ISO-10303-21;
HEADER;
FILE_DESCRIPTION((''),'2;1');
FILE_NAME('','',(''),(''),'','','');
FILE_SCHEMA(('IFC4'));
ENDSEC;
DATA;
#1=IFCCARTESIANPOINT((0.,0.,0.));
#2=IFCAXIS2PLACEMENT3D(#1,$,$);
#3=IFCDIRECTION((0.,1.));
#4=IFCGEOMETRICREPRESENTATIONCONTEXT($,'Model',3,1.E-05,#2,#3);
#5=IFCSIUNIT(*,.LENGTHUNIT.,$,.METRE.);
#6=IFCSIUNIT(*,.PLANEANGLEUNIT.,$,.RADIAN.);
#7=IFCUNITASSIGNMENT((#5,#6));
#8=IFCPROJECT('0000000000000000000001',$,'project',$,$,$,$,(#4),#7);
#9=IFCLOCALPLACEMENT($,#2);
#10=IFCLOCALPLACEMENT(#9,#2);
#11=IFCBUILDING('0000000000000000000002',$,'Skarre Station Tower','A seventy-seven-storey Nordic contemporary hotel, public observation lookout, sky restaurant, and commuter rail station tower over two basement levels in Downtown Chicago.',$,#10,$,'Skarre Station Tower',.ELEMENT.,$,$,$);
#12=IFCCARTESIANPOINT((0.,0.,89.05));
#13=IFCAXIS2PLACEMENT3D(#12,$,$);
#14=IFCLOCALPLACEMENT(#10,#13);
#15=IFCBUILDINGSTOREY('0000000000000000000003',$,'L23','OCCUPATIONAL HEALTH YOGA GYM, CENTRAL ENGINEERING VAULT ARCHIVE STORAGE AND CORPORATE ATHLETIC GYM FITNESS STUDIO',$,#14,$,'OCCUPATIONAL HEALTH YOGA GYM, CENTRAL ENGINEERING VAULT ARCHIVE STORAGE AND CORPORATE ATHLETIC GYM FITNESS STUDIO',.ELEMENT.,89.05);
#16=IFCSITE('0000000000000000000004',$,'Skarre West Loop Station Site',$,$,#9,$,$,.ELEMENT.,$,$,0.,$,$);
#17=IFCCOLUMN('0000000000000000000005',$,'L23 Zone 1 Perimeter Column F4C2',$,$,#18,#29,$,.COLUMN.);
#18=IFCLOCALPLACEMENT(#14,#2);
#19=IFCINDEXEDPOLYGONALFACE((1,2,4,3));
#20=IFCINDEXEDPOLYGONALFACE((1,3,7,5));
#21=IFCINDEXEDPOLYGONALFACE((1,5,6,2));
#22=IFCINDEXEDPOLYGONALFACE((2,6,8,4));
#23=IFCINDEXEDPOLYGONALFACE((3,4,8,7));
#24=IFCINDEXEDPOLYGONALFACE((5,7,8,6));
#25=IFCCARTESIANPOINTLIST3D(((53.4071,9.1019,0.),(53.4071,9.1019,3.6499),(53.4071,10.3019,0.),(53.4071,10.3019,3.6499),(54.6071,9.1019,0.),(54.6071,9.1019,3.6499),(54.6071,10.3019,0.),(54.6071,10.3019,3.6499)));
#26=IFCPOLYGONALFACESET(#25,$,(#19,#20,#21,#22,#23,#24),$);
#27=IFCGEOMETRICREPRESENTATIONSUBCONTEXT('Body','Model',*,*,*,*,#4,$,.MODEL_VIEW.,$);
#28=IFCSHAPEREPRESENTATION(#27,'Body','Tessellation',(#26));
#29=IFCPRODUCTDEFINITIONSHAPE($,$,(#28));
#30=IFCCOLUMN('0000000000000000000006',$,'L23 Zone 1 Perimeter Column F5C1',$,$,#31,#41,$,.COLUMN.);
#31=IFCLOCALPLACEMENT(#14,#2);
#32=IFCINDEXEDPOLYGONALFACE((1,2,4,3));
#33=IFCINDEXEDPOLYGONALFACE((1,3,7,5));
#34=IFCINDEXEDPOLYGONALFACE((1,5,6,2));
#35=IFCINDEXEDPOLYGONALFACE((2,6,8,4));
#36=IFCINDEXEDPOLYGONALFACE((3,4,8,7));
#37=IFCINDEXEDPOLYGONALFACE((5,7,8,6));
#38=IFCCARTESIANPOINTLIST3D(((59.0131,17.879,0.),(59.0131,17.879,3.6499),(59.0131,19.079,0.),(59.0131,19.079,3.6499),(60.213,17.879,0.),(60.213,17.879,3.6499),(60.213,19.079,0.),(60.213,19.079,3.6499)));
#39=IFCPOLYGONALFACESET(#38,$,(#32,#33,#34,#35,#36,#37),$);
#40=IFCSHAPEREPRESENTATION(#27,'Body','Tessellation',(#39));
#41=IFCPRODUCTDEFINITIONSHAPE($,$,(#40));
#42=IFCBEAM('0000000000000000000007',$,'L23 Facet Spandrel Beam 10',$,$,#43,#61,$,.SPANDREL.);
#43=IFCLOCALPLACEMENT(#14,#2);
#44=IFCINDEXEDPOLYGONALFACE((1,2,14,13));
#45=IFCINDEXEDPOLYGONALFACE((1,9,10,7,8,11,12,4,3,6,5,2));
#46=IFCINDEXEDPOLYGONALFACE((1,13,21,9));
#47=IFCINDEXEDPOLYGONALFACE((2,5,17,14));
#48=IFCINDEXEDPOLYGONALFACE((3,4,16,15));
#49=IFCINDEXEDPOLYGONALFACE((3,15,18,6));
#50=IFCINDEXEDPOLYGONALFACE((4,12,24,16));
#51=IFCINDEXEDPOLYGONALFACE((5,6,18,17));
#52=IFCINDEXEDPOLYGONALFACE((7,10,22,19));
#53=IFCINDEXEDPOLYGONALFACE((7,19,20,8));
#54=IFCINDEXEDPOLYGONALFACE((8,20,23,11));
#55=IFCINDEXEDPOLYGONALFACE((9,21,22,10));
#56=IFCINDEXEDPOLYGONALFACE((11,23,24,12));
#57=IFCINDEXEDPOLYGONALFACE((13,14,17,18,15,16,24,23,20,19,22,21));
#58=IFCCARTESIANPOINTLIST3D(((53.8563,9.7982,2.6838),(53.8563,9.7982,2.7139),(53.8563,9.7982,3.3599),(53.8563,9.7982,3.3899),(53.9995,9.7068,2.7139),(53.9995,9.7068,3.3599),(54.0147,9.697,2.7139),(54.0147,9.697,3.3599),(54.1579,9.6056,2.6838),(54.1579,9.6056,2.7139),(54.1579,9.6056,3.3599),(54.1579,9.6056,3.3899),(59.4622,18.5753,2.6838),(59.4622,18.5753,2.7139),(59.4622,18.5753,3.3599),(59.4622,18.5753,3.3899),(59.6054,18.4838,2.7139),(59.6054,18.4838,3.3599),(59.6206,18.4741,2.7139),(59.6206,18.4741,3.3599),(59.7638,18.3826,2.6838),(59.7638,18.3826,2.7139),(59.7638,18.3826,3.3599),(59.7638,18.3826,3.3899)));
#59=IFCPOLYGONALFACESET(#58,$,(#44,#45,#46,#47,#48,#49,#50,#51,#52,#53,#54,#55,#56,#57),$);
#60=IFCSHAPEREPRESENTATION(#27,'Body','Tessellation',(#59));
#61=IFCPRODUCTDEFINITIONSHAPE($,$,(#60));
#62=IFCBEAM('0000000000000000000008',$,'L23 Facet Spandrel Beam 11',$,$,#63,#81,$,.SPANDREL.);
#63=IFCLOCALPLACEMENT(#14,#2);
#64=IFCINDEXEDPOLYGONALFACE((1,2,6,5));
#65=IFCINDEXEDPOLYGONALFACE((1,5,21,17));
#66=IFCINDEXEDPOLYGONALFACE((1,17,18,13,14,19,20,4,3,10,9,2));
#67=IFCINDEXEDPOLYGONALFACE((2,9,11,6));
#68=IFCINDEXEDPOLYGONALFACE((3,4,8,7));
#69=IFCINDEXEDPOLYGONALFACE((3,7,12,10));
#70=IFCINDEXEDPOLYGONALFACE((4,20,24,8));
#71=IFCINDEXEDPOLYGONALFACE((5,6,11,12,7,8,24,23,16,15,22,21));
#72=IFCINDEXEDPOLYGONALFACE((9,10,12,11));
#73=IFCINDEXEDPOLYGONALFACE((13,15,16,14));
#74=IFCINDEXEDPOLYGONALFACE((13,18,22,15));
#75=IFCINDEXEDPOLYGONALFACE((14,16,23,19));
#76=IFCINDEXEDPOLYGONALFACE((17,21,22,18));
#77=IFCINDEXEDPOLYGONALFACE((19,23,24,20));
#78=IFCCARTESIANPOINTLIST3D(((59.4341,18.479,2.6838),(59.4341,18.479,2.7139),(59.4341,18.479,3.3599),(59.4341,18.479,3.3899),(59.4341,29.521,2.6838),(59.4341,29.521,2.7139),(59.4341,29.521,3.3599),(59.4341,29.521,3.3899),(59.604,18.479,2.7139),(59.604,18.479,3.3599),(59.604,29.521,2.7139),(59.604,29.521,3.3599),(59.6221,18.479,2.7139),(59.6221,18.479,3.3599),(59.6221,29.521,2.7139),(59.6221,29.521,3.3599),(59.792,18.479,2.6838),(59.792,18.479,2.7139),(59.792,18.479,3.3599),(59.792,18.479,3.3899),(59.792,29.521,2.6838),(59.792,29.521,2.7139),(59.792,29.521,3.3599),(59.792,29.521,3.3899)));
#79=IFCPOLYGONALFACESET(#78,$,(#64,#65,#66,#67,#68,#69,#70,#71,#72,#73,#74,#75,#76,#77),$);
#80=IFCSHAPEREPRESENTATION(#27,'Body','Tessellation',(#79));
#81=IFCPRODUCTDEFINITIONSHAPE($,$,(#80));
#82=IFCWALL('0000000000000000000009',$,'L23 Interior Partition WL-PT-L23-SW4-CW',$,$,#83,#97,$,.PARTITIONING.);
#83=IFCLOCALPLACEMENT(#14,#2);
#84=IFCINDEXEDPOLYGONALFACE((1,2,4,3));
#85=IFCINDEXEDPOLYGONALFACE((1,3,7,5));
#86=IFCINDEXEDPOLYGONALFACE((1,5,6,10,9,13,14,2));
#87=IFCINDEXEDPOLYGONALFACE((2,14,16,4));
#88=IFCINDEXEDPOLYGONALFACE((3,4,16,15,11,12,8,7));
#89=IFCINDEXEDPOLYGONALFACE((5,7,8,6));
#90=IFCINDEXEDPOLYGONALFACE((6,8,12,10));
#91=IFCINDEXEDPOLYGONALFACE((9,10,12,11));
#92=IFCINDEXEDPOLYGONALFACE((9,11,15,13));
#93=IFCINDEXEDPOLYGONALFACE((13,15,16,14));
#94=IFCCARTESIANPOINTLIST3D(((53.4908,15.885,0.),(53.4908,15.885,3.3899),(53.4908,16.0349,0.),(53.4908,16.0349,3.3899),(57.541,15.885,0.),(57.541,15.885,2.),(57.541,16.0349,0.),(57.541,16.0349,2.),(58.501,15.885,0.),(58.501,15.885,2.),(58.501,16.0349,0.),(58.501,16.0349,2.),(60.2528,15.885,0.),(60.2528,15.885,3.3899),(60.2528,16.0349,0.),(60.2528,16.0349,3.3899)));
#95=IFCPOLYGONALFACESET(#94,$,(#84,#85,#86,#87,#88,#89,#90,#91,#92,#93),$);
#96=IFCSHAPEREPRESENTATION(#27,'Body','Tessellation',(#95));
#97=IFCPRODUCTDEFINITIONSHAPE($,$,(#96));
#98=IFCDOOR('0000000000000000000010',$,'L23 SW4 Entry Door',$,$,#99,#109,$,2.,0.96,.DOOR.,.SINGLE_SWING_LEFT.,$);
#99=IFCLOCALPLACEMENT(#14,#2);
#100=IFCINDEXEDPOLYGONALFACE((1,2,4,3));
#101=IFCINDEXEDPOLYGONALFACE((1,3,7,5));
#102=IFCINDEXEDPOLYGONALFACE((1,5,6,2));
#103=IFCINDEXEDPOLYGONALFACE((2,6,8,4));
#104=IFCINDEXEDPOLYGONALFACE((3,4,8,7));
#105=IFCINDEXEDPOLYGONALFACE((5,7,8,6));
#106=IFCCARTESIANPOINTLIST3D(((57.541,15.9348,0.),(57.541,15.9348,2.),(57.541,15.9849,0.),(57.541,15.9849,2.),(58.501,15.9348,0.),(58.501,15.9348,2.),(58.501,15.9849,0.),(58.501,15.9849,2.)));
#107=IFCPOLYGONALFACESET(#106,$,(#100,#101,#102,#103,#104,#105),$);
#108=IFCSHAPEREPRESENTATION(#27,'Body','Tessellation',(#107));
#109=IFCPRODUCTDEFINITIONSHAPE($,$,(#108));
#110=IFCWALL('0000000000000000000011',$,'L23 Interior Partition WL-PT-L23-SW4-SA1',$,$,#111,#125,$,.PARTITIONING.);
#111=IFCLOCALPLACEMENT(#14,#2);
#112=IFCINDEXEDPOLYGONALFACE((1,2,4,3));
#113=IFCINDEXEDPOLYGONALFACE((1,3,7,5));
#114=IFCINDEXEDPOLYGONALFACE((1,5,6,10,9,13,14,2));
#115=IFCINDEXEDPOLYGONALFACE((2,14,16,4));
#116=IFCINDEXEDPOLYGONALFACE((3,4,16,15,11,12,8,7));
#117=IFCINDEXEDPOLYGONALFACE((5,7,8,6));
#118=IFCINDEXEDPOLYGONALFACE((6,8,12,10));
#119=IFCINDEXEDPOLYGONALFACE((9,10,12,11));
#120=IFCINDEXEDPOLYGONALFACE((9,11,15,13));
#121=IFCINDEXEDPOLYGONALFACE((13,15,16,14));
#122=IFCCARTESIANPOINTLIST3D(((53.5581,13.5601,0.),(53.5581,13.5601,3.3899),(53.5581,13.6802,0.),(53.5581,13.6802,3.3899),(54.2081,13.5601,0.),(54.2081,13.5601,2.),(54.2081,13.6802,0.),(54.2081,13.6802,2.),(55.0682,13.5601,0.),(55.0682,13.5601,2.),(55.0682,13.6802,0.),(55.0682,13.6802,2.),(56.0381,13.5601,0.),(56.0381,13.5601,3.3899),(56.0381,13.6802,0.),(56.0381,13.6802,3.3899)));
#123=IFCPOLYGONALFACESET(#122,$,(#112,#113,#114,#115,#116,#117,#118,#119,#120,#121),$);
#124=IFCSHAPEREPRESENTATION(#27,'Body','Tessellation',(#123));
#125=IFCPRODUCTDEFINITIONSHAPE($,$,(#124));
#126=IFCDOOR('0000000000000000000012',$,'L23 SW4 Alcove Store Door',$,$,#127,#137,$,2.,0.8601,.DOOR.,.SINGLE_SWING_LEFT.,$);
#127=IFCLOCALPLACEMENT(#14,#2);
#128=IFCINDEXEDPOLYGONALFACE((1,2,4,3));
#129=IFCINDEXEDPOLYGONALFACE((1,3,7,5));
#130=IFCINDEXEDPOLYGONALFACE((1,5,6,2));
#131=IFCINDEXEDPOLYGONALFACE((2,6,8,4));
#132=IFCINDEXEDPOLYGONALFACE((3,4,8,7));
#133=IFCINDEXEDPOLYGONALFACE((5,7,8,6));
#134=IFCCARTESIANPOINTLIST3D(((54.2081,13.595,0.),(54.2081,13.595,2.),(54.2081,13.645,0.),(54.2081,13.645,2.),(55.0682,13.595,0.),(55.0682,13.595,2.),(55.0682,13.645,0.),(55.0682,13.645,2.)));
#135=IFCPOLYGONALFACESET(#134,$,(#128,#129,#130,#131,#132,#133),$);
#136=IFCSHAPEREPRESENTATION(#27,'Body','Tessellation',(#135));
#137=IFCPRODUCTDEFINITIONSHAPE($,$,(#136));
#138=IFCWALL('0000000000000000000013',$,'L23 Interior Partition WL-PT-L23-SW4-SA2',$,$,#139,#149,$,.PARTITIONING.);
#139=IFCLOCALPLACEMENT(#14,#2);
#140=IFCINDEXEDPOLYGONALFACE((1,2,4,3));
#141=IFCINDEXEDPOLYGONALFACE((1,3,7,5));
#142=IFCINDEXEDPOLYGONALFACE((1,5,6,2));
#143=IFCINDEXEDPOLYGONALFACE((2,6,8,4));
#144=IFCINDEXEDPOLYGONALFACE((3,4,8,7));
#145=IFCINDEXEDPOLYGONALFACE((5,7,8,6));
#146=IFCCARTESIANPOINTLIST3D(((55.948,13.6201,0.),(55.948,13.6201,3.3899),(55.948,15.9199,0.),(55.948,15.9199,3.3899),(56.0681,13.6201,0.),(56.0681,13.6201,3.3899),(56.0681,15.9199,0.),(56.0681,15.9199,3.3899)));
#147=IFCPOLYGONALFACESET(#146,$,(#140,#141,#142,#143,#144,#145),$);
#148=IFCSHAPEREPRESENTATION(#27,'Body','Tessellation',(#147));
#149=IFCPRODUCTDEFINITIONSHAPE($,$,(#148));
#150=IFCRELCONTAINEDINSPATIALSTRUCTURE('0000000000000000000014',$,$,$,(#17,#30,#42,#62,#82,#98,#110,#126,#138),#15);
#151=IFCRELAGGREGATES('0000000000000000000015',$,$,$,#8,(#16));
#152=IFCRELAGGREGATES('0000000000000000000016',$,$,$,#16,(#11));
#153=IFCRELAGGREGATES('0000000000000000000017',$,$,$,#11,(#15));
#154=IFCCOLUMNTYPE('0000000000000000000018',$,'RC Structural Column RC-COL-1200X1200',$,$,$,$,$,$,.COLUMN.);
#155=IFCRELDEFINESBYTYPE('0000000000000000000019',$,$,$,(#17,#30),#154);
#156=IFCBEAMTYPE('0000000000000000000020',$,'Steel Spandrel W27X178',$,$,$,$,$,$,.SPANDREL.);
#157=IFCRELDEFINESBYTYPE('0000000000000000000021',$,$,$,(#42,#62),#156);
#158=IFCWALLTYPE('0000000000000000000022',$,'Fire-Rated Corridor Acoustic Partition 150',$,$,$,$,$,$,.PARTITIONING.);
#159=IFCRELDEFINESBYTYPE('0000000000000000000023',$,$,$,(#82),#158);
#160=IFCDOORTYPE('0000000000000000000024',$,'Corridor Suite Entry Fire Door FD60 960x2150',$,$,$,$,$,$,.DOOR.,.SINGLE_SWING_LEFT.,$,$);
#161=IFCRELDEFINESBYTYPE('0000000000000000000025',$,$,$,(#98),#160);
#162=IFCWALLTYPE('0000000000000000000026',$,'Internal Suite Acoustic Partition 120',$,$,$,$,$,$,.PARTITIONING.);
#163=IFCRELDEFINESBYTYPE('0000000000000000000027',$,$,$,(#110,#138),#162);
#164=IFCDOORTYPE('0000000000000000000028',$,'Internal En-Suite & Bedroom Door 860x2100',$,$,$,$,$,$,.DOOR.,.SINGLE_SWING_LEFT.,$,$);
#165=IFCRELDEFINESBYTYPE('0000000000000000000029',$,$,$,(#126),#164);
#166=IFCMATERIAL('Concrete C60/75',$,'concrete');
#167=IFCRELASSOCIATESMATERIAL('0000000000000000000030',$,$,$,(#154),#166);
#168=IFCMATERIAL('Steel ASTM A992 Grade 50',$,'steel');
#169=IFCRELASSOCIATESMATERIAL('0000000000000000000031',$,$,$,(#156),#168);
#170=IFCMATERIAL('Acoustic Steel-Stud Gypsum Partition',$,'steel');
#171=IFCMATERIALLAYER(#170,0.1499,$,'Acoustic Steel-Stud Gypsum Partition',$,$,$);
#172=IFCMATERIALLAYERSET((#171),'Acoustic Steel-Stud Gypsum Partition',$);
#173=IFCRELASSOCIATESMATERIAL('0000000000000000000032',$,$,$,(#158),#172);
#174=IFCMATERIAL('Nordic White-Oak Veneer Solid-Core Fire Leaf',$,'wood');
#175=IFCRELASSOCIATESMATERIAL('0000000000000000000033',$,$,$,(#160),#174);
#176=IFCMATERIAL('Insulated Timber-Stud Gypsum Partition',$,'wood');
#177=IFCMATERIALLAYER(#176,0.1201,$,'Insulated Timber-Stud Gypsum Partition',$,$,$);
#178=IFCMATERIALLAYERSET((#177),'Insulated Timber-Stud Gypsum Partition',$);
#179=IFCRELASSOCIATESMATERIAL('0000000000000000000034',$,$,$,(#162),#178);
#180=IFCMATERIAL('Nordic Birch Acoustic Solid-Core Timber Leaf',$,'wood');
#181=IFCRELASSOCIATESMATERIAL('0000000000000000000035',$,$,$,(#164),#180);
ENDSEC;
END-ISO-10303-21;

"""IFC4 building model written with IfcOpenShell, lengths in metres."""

from ifc_helpers import new_model, si_unit, direction, frame, frame_2d, origin, origin_2d, place, context, subcontext, project, spatial, rectangle, i_section, extrude, material, layer, layer_set, material_profile, profile_set, type_object, element, fill, save


model = new_model("IFC4")

# Units and contexts
model_context = context("Model", 3, precision=1e-05, world=origin(), true_north=direction((0.0, 1.0)))
body_context = subcontext(model_context, "Body", "Model", "MODEL_VIEW")
ifc_project = project(units=[si_unit("LENGTHUNIT", "METRE"), si_unit("PLANEANGLEUNIT", "RADIAN")], contexts=[model_context])

# Site, building, storey
site_placement = place(None, origin())
site = spatial("IfcSite", under=ifc_project, at=site_placement, Name="Skarre West Loop Station Site", CompositionType="ELEMENT", RefElevation=0.0)
building_placement = place(site_placement, origin())
building = spatial("IfcBuilding", under=site, at=building_placement, Name="Skarre Station Tower", Description="A seventy-seven-storey Nordic contemporary hotel, public observation lookout, sky restaurant, and commuter rail station tower over two basement levels in Downtown Chicago.", LongName="Skarre Station Tower", CompositionType="ELEMENT")
storey_placement = place(building_placement, frame((0.0, 0.0, 89.05)))
storey = spatial("IfcBuildingStorey", under=building, at=storey_placement, Name="L23", Description="OCCUPATIONAL HEALTH YOGA GYM, CENTRAL ENGINEERING VAULT ARCHIVE STORAGE AND CORPORATE ATHLETIC GYM FITNESS STUDIO", LongName="OCCUPATIONAL HEALTH YOGA GYM, CENTRAL ENGINEERING VAULT ARCHIVE STORAGE AND CORPORATE ATHLETIC GYM FITNESS STUDIO", CompositionType="ELEMENT", Elevation=89.05)

# Columns
ifc_material_1 = material(Name="Concrete C60/75", Category="concrete")
ifc_material_profile_1 = material_profile(ifc_material_1, rectangle(XDim=1.2, YDim=1.2, at=origin_2d()), Name="Concrete C60/75")
ifc_profile_set_1 = profile_set([ifc_material_profile_1], Name="Concrete C60/75")
column_type = type_object("IfcColumnType", Name="RC Structural Column RC-COL-1200X1200", PredefinedType="COLUMN", material=ifc_profile_set_1)
for number, where, z_axis, x_axis, name in (
    (1, (54.0071, 9.7019, 0.0), (0.0, 0.0, 1.0), (1.0, 0.0, 0.0), "L23 Zone 1 Perimeter Column F4C2"),
    (2, (59.613, 18.479, 0.0), (0.0, 0.0, 1.0), (1.0, 0.0, 0.0), "L23 Zone 1 Perimeter Column F5C1"),
):
    element("IfcColumn", number, at=place(storey_placement, frame(where, z_axis=z_axis, x_axis=x_axis)), inside=storey, type_object=column_type, Name=name, PredefinedType="COLUMN", context=body_context, shape_type="SweptSolid", body=[
        extrude(rectangle(XDim=1.2, YDim=1.2, at=origin_2d()), origin(), (0.0, 0.0, 1.0), 3.6499),
    ])

# Beams
ifc_material_2 = material(Name="Steel ASTM A992 Grade 50", Category="steel")
ifc_material_profile_2 = material_profile(ifc_material_2, i_section(OverallWidth=0.3579, OverallDepth=0.7061, WebThickness=0.0181, FlangeThickness=0.03, at=origin_2d()), Name="Steel ASTM A992 Grade 50")
ifc_profile_set_2 = profile_set([ifc_material_profile_2], Name="Steel ASTM A992 Grade 50")
beam_type = type_object("IfcBeamType", Name="Steel Spandrel W27X178", PredefinedType="SPANDREL", material=ifc_profile_set_2)
beam_1_placement = place(storey_placement, frame((54.0071, 9.7019, 3.0369), z_axis=(0.538278, 0.842767, 0.0), x_axis=(-0.842767, 0.538278, 0.0)))
element("IfcBeam", 3, at=beam_1_placement, inside=storey, type_object=beam_type, Name="L23 Facet Spandrel Beam 10", PredefinedType="SPANDREL", context=body_context, shape_type="SweptSolid", body=[
    extrude(i_section(OverallWidth=0.3579, OverallDepth=0.7061, WebThickness=0.0181, FlangeThickness=0.03, at=origin_2d()), origin(), (0.0, 0.0, 1.0), 10.4146),
])
beam_2_placement = place(storey_placement, frame((59.613, 18.479, 3.0369), z_axis=(0.0, 1.0, 0.0), x_axis=(-1.0, 0.0, 0.0)))
element("IfcBeam", 4, at=beam_2_placement, inside=storey, type_object=beam_type, Name="L23 Facet Spandrel Beam 11", PredefinedType="SPANDREL", context=body_context, shape_type="SweptSolid", body=[
    extrude(i_section(OverallWidth=0.3579, OverallDepth=0.7061, WebThickness=0.0181, FlangeThickness=0.03, at=origin_2d()), origin(), (0.0, 0.0, 1.0), 11.042),
])

# Walls, openings, doors
ifc_material_3 = material(Name="Acoustic Steel-Stud Gypsum Partition", Category="steel")
ifc_layer_1 = layer(ifc_material_3, 0.1499, Name="Acoustic Steel-Stud Gypsum Partition")
ifc_layer_set_1 = layer_set([ifc_layer_1], Name="Acoustic Steel-Stud Gypsum Partition")
wall_type_1 = type_object("IfcWallType", Name="Fire-Rated Corridor Acoustic Partition 150", PredefinedType="PARTITIONING", material=ifc_layer_set_1)
wall_1_placement = place(storey_placement, frame((53.491, 15.96, 0.0), z_axis=(0.0, 0.0, 1.0), x_axis=(1.0, 0.0, 0.0)))
wall_1 = element("IfcWall", 5, at=wall_1_placement, inside=storey, type_object=wall_type_1, Name="L23 Interior Partition WL-PT-L23-SW4-CW", PredefinedType="PARTITIONING", context=body_context, shape_type="SweptSolid", body=[
    extrude(rectangle(XDim=6.762, YDim=0.1499, at=frame_2d((3.3809, 0.0))), origin(), (0.0, 0.0, 1.0), 3.3899),
])
opening_1_placement = place(wall_1_placement, frame((4.05, 0.0, 0.0)))
opening_1 = element("IfcOpeningElement", 6, at=opening_1_placement, cuts=wall_1, PredefinedType="OPENING", context=body_context, shape_type="SweptSolid", body=[
    extrude(rectangle(XDim=0.96, YDim=2.0, at=frame_2d((0.48, 1.0))), frame((0.0, 0.085, 0.0), z_axis=(0.0, -1.0, 0.0), x_axis=(1.0, 0.0, 0.0)), (0.0, 0.0, 1.0), 0.1699),
])
ifc_material_4 = material(Name="Nordic White-Oak Veneer Solid-Core Fire Leaf", Category="wood")
door_type_1 = type_object("IfcDoorType", Name="Corridor Suite Entry Fire Door FD60 960x2150", OperationType="SINGLE_SWING_LEFT", PredefinedType="DOOR", material=ifc_material_4)
door_1_placement = place(opening_1_placement, origin())
door_1 = element("IfcDoor", 7, at=door_1_placement, inside=storey, type_object=door_type_1, Name="L23 SW4 Entry Door", OperationType="SINGLE_SWING_LEFT", OverallHeight=2.0, OverallWidth=0.96, PredefinedType="DOOR", context=body_context, shape_type="SweptSolid", body=[
    extrude(rectangle(XDim=0.96, YDim=2.0, at=frame_2d((0.48, 1.0))), frame((0.0, 0.0249, 0.0), z_axis=(0.0, -1.0, 0.0), x_axis=(1.0, 0.0, 0.0)), (0.0, 0.0, 1.0), 0.05),
])
fill(opening_1, door_1)
ifc_material_5 = material(Name="Insulated Timber-Stud Gypsum Partition", Category="wood")
ifc_layer_2 = layer(ifc_material_5, 0.1201, Name="Insulated Timber-Stud Gypsum Partition")
ifc_layer_set_2 = layer_set([ifc_layer_2], Name="Insulated Timber-Stud Gypsum Partition")
wall_type_2 = type_object("IfcWallType", Name="Internal Suite Acoustic Partition 120", PredefinedType="PARTITIONING", material=ifc_layer_set_2)
wall_2_placement = place(storey_placement, frame((53.5581, 13.6201, 0.0), z_axis=(0.0, 0.0, 1.0), x_axis=(1.0, 0.0, 0.0)))
wall_2 = element("IfcWall", 8, at=wall_2_placement, inside=storey, type_object=wall_type_2, Name="L23 Interior Partition WL-PT-L23-SW4-SA1", PredefinedType="PARTITIONING", context=body_context, shape_type="SweptSolid", body=[
    extrude(rectangle(XDim=2.48, YDim=0.1201, at=frame_2d((1.24, 0.0))), origin(), (0.0, 0.0, 1.0), 3.3899),
])
opening_2_placement = place(wall_2_placement, frame((0.6499, 0.0, 0.0)))
opening_2 = element("IfcOpeningElement", 9, at=opening_2_placement, cuts=wall_2, PredefinedType="OPENING", context=body_context, shape_type="SweptSolid", body=[
    extrude(rectangle(XDim=0.8601, YDim=2.0, at=frame_2d((0.4302, 1.0))), frame((0.0, 0.0701, 0.0), z_axis=(0.0, -1.0, 0.0), x_axis=(1.0, 0.0, 0.0)), (0.0, 0.0, 1.0), 0.1401),
])
ifc_material_6 = material(Name="Nordic Birch Acoustic Solid-Core Timber Leaf", Category="wood")
door_type_2 = type_object("IfcDoorType", Name="Internal En-Suite & Bedroom Door 860x2100", OperationType="SINGLE_SWING_LEFT", PredefinedType="DOOR", material=ifc_material_6)
door_2_placement = place(opening_2_placement, origin())
door_2 = element("IfcDoor", 10, at=door_2_placement, inside=storey, type_object=door_type_2, Name="L23 SW4 Alcove Store Door", OperationType="SINGLE_SWING_LEFT", OverallHeight=2.0, OverallWidth=0.8601, PredefinedType="DOOR", context=body_context, shape_type="SweptSolid", body=[
    extrude(rectangle(XDim=0.8601, YDim=2.0, at=frame_2d((0.4302, 1.0))), frame((0.0, 0.0249, 0.0), z_axis=(0.0, -1.0, 0.0), x_axis=(1.0, 0.0, 0.0)), (0.0, 0.0, 1.0), 0.05),
])
fill(opening_2, door_2)

# Wall
wall_3_placement = place(storey_placement, frame((56.0081, 13.6201, 0.0), z_axis=(0.0, 0.0, 1.0), x_axis=(0.0, 1.0, 0.0)))
element("IfcWall", 11, at=wall_3_placement, inside=storey, type_object=wall_type_2, Name="L23 Interior Partition WL-PT-L23-SW4-SA2", PredefinedType="PARTITIONING", context=body_context, shape_type="SweptSolid", body=[
    extrude(rectangle(XDim=2.2998, YDim=0.1201, at=frame_2d((1.1499, 0.0))), origin(), (0.0, 0.0, 1.0), 3.3899),
])

save(model, "model.ifc")
